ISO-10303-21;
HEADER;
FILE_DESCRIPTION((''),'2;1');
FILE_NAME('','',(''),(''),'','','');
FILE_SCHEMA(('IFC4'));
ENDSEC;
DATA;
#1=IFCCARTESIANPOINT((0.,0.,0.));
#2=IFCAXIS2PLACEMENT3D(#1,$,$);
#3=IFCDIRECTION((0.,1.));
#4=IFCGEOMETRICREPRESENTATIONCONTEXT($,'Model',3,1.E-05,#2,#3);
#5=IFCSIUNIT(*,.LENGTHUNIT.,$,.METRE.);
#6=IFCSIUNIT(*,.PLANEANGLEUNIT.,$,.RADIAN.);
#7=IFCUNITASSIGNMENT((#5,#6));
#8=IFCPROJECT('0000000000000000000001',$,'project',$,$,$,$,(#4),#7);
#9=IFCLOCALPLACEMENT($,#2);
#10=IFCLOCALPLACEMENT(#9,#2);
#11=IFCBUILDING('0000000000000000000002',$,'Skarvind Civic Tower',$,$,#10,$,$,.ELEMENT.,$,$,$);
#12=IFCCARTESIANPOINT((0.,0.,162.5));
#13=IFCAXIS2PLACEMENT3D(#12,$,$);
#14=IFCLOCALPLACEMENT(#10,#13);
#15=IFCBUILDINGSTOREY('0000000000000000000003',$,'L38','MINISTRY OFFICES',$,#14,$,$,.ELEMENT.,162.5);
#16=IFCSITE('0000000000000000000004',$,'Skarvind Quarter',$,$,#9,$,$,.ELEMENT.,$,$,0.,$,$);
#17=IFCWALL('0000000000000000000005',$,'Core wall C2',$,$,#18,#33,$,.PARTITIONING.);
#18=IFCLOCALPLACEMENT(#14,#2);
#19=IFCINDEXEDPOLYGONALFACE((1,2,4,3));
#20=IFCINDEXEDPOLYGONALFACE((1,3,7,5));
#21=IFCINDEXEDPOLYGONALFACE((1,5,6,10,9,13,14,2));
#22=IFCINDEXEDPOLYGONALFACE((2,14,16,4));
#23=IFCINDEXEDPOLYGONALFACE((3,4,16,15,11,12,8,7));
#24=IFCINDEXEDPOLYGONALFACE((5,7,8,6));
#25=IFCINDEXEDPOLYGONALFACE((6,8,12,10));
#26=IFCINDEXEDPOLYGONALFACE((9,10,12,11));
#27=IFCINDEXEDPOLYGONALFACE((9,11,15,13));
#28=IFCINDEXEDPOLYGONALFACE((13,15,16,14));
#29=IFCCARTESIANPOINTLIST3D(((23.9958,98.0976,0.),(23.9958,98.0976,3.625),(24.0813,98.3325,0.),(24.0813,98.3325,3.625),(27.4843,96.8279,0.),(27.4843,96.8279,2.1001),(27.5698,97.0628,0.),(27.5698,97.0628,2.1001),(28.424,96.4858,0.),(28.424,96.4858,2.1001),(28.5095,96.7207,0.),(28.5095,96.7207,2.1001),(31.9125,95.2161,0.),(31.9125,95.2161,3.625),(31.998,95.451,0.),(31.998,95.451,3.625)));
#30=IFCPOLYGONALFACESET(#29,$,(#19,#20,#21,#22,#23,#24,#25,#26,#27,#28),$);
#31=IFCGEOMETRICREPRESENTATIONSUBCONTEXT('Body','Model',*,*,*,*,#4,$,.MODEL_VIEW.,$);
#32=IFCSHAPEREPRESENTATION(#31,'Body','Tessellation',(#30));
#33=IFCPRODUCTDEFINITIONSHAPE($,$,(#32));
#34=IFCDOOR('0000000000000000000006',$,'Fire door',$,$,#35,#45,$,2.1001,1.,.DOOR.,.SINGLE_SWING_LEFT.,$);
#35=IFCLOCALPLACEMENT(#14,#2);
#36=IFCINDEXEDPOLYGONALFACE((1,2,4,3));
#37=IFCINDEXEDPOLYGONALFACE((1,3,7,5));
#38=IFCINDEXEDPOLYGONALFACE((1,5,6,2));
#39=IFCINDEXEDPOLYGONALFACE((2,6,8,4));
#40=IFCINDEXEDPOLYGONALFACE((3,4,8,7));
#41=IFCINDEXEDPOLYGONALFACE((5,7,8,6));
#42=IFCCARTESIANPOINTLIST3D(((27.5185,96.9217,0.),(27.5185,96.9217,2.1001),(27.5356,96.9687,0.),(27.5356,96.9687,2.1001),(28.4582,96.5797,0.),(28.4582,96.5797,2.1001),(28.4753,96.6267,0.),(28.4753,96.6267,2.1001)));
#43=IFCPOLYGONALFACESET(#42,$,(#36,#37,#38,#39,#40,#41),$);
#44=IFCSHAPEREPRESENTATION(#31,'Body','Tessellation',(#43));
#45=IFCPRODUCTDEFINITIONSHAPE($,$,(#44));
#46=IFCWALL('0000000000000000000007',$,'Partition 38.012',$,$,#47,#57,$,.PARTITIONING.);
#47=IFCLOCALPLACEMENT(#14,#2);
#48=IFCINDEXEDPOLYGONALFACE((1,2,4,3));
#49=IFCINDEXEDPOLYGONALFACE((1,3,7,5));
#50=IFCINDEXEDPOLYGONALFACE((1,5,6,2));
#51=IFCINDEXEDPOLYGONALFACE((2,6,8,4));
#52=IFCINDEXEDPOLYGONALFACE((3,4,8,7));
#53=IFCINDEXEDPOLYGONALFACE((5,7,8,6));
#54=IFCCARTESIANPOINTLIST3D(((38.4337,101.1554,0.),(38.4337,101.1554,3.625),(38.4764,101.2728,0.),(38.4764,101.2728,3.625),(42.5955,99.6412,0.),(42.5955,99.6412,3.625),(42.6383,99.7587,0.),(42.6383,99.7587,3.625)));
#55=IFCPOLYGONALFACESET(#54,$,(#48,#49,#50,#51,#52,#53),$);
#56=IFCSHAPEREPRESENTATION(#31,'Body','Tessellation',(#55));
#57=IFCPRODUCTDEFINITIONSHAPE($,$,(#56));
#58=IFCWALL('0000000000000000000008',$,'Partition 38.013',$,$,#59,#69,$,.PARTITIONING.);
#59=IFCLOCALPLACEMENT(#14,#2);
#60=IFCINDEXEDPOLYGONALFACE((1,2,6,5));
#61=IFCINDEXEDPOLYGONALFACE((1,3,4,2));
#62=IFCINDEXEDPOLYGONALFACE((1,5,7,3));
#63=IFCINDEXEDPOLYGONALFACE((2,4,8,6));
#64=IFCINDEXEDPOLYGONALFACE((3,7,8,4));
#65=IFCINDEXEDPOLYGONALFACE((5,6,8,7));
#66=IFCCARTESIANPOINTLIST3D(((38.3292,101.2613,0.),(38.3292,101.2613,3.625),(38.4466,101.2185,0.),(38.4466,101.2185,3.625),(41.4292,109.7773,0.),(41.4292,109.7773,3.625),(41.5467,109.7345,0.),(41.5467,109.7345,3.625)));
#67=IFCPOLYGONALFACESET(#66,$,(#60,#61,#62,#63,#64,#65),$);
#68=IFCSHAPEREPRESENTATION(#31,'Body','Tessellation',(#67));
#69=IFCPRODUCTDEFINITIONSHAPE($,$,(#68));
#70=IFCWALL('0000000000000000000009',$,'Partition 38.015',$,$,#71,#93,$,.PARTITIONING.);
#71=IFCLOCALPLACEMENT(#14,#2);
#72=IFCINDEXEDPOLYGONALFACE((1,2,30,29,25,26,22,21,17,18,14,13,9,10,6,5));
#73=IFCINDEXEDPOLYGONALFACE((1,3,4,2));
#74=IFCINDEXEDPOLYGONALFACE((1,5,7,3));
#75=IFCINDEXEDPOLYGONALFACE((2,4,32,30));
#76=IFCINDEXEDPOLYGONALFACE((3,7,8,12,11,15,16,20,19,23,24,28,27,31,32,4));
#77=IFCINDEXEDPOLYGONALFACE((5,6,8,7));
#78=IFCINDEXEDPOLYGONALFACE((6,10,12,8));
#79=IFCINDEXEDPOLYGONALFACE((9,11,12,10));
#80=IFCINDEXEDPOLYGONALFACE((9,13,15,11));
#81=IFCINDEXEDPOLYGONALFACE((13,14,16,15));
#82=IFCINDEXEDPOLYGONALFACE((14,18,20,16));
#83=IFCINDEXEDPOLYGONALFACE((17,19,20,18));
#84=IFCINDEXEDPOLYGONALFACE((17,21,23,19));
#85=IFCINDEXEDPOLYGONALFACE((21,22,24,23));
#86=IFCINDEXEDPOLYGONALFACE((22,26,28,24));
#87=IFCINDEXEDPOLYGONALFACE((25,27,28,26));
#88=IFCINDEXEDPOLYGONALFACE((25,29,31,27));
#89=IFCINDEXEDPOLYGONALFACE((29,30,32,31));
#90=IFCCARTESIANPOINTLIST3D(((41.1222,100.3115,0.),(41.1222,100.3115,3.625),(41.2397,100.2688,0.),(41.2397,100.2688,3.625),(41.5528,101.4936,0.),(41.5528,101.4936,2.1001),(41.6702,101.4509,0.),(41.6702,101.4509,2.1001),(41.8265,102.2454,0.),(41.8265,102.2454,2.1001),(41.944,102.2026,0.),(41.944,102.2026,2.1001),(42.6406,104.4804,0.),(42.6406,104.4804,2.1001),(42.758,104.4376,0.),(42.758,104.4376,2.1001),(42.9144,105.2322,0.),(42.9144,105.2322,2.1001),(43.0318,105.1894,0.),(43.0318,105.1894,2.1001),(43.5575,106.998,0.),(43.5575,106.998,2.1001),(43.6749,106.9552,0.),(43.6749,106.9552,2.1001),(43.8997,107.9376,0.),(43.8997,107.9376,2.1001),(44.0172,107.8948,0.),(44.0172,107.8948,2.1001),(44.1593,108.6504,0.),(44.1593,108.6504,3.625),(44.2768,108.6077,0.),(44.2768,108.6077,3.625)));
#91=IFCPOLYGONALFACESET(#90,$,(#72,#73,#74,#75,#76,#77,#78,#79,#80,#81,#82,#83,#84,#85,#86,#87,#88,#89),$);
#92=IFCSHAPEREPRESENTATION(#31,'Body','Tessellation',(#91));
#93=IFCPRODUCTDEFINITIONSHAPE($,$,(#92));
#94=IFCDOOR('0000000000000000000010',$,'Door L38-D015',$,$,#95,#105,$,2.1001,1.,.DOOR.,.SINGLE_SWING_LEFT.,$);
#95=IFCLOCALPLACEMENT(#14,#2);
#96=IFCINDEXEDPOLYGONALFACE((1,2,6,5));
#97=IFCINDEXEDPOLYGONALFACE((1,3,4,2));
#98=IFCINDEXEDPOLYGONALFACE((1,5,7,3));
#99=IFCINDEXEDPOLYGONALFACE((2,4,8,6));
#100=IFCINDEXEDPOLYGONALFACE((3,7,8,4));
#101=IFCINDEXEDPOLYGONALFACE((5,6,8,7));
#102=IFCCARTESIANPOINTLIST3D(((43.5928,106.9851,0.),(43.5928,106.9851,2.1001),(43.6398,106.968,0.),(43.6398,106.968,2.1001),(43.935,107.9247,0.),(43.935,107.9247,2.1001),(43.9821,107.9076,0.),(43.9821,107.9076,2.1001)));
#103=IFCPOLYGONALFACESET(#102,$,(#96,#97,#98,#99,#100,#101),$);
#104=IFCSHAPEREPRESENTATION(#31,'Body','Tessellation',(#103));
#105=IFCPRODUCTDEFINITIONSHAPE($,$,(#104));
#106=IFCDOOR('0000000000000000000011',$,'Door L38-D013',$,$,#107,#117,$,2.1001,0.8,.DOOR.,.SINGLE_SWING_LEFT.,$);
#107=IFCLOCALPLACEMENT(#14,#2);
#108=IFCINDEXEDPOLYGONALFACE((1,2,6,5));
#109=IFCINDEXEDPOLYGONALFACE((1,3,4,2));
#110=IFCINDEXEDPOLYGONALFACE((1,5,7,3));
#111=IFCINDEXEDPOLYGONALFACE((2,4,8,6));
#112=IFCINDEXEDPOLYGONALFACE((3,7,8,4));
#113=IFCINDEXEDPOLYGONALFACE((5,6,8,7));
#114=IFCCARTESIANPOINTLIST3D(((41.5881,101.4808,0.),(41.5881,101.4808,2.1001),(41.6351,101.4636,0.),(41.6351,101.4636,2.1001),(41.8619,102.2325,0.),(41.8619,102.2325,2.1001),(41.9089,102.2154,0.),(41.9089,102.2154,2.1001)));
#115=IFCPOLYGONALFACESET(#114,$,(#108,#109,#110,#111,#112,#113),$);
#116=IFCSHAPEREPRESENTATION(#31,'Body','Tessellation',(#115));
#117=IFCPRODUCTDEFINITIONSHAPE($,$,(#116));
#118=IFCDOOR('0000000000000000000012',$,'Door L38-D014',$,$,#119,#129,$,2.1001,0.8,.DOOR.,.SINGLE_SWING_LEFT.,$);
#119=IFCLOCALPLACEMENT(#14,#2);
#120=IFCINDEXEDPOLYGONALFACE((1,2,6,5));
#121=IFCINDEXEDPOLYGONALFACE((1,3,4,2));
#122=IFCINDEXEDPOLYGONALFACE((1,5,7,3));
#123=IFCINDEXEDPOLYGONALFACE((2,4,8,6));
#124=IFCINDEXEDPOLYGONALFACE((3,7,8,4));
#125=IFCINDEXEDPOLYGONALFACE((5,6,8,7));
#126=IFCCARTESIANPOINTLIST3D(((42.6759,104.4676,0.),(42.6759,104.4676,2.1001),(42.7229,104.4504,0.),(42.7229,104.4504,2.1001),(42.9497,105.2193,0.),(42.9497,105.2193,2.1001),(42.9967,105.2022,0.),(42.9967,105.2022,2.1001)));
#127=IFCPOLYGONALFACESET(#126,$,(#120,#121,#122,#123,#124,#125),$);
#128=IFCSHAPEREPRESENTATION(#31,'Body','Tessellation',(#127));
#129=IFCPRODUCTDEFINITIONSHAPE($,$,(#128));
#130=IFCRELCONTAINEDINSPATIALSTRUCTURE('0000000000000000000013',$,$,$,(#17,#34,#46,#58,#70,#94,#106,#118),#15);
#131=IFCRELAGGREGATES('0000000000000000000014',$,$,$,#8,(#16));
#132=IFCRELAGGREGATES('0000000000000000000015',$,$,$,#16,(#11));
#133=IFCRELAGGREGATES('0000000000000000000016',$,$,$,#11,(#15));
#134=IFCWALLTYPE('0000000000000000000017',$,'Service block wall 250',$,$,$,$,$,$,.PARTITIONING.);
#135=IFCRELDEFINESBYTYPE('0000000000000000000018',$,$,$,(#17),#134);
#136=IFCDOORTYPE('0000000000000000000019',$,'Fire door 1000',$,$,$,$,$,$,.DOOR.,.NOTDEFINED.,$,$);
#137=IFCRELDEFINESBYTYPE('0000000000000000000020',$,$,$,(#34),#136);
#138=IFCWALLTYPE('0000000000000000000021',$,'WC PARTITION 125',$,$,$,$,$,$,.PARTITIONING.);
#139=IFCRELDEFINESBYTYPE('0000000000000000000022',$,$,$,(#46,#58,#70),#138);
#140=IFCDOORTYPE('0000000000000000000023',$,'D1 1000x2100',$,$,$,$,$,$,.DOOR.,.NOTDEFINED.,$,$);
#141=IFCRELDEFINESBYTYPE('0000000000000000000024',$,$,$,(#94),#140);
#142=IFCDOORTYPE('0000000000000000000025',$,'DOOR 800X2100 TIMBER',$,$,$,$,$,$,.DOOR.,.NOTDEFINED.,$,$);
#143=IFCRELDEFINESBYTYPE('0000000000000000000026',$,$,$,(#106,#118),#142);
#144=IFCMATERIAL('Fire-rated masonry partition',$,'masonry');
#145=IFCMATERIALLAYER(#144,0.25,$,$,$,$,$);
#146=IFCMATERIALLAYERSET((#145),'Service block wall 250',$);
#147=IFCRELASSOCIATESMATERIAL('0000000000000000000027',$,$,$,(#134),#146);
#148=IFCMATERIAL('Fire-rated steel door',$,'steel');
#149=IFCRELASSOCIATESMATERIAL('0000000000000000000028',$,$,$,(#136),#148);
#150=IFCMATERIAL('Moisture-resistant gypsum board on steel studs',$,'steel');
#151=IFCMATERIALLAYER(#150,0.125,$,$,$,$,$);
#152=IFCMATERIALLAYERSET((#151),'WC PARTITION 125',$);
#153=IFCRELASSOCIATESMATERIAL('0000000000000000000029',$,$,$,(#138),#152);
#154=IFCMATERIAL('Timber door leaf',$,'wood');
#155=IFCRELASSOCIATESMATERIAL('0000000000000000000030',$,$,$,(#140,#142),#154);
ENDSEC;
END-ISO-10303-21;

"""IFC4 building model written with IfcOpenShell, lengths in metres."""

from ifc_helpers import new_model, si_unit, direction, frame, frame_2d, origin, place, context, subcontext, project, spatial, rectangle, extrude, material, layer, layer_set, type_object, element, fill, save


model = new_model("IFC4")

# Units and contexts
model_context = context("Model", 3, precision=1e-05, world=origin(), true_north=direction((0.0, 1.0)))
body_context = subcontext(model_context, "Body", "Model", "MODEL_VIEW")
ifc_project = project(units=[si_unit("LENGTHUNIT", "METRE"), si_unit("PLANEANGLEUNIT", "RADIAN")], contexts=[model_context])

# Site, building, storey
site_placement = place(None, origin())
site = spatial("IfcSite", under=ifc_project, at=site_placement, Name="Skarvind Quarter", CompositionType="ELEMENT", RefElevation=0.0)
building_placement = place(site_placement, origin())
building = spatial("IfcBuilding", under=site, at=building_placement, Name="Skarvind Civic Tower", CompositionType="ELEMENT")
storey_placement = place(building_placement, frame((0.0, 0.0, 162.5)))
storey = spatial("IfcBuildingStorey", under=building, at=storey_placement, Name="L38", Description="MINISTRY OFFICES", CompositionType="ELEMENT", Elevation=162.5)

# Shared definitions
ifc_material_1 = material(Name="Timber door leaf", Category="wood")
ifc_material_2 = material(Name="Fire-rated masonry partition", Category="masonry")
ifc_material_3 = material(Name="Fire-rated steel door", Category="steel")

# Wall, opening, door
ifc_layer_1 = layer(ifc_material_2, 0.25)
ifc_layer_set_1 = layer_set([ifc_layer_1], Name="Service block wall 250")
wall_type_1 = type_object("IfcWallType", Name="Service block wall 250", PredefinedType="PARTITIONING", material=ifc_layer_set_1)
wall_1_placement = place(storey_placement, frame((24.0386, 98.2151, 0.0), z_axis=(0.0, 0.0, 1.0), x_axis=(0.939688, -0.342034, 0.0)))
wall_1 = element("IfcWall", 1, at=wall_1_placement, inside=storey, type_object=wall_type_1, Name="Core wall C2", PredefinedType="PARTITIONING", context=body_context, shape_type="SweptSolid", body=[
    extrude(rectangle(XDim=8.4248, YDim=0.25, at=frame_2d((4.2124, 0.0))), origin(), (0.0, 0.0, 1.0), 3.625),
])
opening_1_placement = place(wall_1_placement, frame((3.7124, 0.0, 0.0)))
opening_1 = element("IfcOpeningElement", 2, at=opening_1_placement, cuts=wall_1, PredefinedType="OPENING", context=body_context, shape_type="SweptSolid", body=[
    extrude(rectangle(XDim=1.0, YDim=2.1001, at=frame_2d((0.5, 1.05))), frame((0.0, 0.135, 0.0), z_axis=(0.0, -1.0, 0.0), x_axis=(1.0, 0.0, 0.0)), (0.0, 0.0, 1.0), 0.27),
])
door_type_1 = type_object("IfcDoorType", Name="Fire door 1000", OperationType="NOTDEFINED", PredefinedType="DOOR", material=ifc_material_3)
door_1_placement = place(opening_1_placement, origin())
door_1 = element("IfcDoor", 3, at=door_1_placement, inside=storey, type_object=door_type_1, Name="Fire door", OperationType="SINGLE_SWING_LEFT", OverallHeight=2.1001, OverallWidth=1.0, PredefinedType="DOOR", context=body_context, shape_type="SweptSolid", body=[
    extrude(rectangle(XDim=1.0, YDim=2.1001, at=frame_2d((0.5, 1.05))), frame((0.0, 0.0249, 0.0), z_axis=(0.0, -1.0, 0.0), x_axis=(1.0, 0.0, 0.0)), (0.0, 0.0, 1.0), 0.05),
])
fill(opening_1, door_1)

# Walls
ifc_material_4 = material(Name="Moisture-resistant gypsum board on steel studs", Category="steel")
ifc_layer_2 = layer(ifc_material_4, 0.125)
ifc_layer_set_2 = layer_set([ifc_layer_2], Name="WC PARTITION 125")
wall_type_2 = type_object("IfcWallType", Name="WC PARTITION 125", PredefinedType="PARTITIONING", material=ifc_layer_set_2)
wall_2_placement = place(storey_placement, frame((38.4551, 101.2141, 0.0), z_axis=(0.0, 0.0, 1.0), x_axis=(0.939739, -0.341894, 0.0)))
element("IfcWall", 4, at=wall_2_placement, inside=storey, type_object=wall_type_2, Name="Partition 38.012", PredefinedType="PARTITIONING", context=body_context, shape_type="SweptSolid", body=[
    extrude(rectangle(XDim=4.4287, YDim=0.125, at=frame_2d((2.2144, 0.0))), origin(), (0.0, 0.0, 1.0), 3.625),
])
wall_3_placement = place(storey_placement, frame((38.3879, 101.24, 0.0), z_axis=(0.0, 0.0, 1.0), x_axis=(0.342067, 0.939675, 0.0)))
element("IfcWall", 5, at=wall_3_placement, inside=storey, type_object=wall_type_2, Name="Partition 38.013", PredefinedType="PARTITIONING", context=body_context, shape_type="SweptSolid", body=[
    extrude(rectangle(XDim=9.0627, YDim=0.125, at=frame_2d((4.5312, 0.0))), origin(), (0.0, 0.0, 1.0), 3.625),
])

# Wall, openings, doors
wall_4_placement = place(storey_placement, frame((41.1809, 100.29, 0.0), z_axis=(0.0, 0.0, 1.0), x_axis=(0.34222, 0.93962, 0.0)))
wall_4 = element("IfcWall", 6, at=wall_4_placement, inside=storey, type_object=wall_type_2, Name="Partition 38.015", PredefinedType="PARTITIONING", context=body_context, shape_type="SweptSolid", body=[
    extrude(rectangle(XDim=8.8748, YDim=0.125, at=frame_2d((4.4375, 0.0))), origin(), (0.0, 0.0, 1.0), 3.625),
])
opening_2_placement = place(wall_4_placement, frame((1.2583, 0.0, 0.0)))
opening_2 = element("IfcOpeningElement", 7, at=opening_2_placement, cuts=wall_4, PredefinedType="OPENING", context=body_context, shape_type="SweptSolid", body=[
    extrude(rectangle(XDim=0.8, YDim=2.1001, at=frame_2d((0.3999, 1.05))), frame((0.0, 0.0725, 0.0), z_axis=(0.0, -1.0, 0.0), x_axis=(1.0, 0.0, 0.0)), (0.0, 0.0, 1.0), 0.145),
])
opening_3_placement = place(wall_4_placement, frame((4.437, 0.0, 0.0)))
opening_3 = element("IfcOpeningElement", 8, at=opening_3_placement, cuts=wall_4, PredefinedType="OPENING", context=body_context, shape_type="SweptSolid", body=[
    extrude(rectangle(XDim=0.8, YDim=2.1001, at=frame_2d((0.3999, 1.05))), frame((0.0, 0.0725, 0.0), z_axis=(0.0, -1.0, 0.0), x_axis=(1.0, 0.0, 0.0)), (0.0, 0.0, 1.0), 0.145),
])
opening_4_placement = place(wall_4_placement, frame((7.1162, 0.0, 0.0)))
opening_4 = element("IfcOpeningElement", 9, at=opening_4_placement, cuts=wall_4, PredefinedType="OPENING", context=body_context, shape_type="SweptSolid", body=[
    extrude(rectangle(XDim=1.0, YDim=2.1001, at=frame_2d((0.5, 1.05))), frame((0.0, 0.0725, 0.0), z_axis=(0.0, -1.0, 0.0), x_axis=(1.0, 0.0, 0.0)), (0.0, 0.0, 1.0), 0.145),
])
door_type_2 = type_object("IfcDoorType", Name="D1 1000x2100", OperationType="NOTDEFINED", PredefinedType="DOOR", material=ifc_material_1)
door_2_placement = place(opening_4_placement, origin())
door_2 = element("IfcDoor", 10, at=door_2_placement, inside=storey, type_object=door_type_2, Name="Door L38-D015", OperationType="SINGLE_SWING_LEFT", OverallHeight=2.1001, OverallWidth=1.0, PredefinedType="DOOR", context=body_context, shape_type="SweptSolid", body=[
    extrude(rectangle(XDim=1.0, YDim=2.1001, at=frame_2d((0.5, 1.05))), frame((0.0, 0.0249, 0.0), z_axis=(0.0, -1.0, 0.0), x_axis=(1.0, 0.0, 0.0)), (0.0, 0.0, 1.0), 0.05),
])
fill(opening_4, door_2)
door_type_3 = type_object("IfcDoorType", Name="DOOR 800X2100 TIMBER", OperationType="NOTDEFINED", PredefinedType="DOOR", material=ifc_material_1)
door_3_placement = place(opening_2_placement, origin())
door_3 = element("IfcDoor", 11, at=door_3_placement, inside=storey, type_object=door_type_3, Name="Door L38-D013", OperationType="SINGLE_SWING_LEFT", OverallHeight=2.1001, OverallWidth=0.8, PredefinedType="DOOR", context=body_context, shape_type="SweptSolid", body=[
    extrude(rectangle(XDim=0.8, YDim=2.1001, at=frame_2d((0.3999, 1.05))), frame((0.0, 0.0249, 0.0), z_axis=(0.0, -1.0, 0.0), x_axis=(1.0, 0.0, 0.0)), (0.0, 0.0, 1.0), 0.05),
])
fill(opening_2, door_3)
door_4_placement = place(opening_3_placement, origin())
door_4 = element("IfcDoor", 12, at=door_4_placement, inside=storey, type_object=door_type_3, Name="Door L38-D014", OperationType="SINGLE_SWING_LEFT", OverallHeight=2.1001, OverallWidth=0.8, PredefinedType="DOOR", context=body_context, shape_type="SweptSolid", body=[
    extrude(rectangle(XDim=0.8, YDim=2.1001, at=frame_2d((0.3999, 1.05))), frame((0.0, 0.0249, 0.0), z_axis=(0.0, -1.0, 0.0), x_axis=(1.0, 0.0, 0.0)), (0.0, 0.0, 1.0), 0.05),
])
fill(opening_3, door_4)

save(model, "model.ifc")
